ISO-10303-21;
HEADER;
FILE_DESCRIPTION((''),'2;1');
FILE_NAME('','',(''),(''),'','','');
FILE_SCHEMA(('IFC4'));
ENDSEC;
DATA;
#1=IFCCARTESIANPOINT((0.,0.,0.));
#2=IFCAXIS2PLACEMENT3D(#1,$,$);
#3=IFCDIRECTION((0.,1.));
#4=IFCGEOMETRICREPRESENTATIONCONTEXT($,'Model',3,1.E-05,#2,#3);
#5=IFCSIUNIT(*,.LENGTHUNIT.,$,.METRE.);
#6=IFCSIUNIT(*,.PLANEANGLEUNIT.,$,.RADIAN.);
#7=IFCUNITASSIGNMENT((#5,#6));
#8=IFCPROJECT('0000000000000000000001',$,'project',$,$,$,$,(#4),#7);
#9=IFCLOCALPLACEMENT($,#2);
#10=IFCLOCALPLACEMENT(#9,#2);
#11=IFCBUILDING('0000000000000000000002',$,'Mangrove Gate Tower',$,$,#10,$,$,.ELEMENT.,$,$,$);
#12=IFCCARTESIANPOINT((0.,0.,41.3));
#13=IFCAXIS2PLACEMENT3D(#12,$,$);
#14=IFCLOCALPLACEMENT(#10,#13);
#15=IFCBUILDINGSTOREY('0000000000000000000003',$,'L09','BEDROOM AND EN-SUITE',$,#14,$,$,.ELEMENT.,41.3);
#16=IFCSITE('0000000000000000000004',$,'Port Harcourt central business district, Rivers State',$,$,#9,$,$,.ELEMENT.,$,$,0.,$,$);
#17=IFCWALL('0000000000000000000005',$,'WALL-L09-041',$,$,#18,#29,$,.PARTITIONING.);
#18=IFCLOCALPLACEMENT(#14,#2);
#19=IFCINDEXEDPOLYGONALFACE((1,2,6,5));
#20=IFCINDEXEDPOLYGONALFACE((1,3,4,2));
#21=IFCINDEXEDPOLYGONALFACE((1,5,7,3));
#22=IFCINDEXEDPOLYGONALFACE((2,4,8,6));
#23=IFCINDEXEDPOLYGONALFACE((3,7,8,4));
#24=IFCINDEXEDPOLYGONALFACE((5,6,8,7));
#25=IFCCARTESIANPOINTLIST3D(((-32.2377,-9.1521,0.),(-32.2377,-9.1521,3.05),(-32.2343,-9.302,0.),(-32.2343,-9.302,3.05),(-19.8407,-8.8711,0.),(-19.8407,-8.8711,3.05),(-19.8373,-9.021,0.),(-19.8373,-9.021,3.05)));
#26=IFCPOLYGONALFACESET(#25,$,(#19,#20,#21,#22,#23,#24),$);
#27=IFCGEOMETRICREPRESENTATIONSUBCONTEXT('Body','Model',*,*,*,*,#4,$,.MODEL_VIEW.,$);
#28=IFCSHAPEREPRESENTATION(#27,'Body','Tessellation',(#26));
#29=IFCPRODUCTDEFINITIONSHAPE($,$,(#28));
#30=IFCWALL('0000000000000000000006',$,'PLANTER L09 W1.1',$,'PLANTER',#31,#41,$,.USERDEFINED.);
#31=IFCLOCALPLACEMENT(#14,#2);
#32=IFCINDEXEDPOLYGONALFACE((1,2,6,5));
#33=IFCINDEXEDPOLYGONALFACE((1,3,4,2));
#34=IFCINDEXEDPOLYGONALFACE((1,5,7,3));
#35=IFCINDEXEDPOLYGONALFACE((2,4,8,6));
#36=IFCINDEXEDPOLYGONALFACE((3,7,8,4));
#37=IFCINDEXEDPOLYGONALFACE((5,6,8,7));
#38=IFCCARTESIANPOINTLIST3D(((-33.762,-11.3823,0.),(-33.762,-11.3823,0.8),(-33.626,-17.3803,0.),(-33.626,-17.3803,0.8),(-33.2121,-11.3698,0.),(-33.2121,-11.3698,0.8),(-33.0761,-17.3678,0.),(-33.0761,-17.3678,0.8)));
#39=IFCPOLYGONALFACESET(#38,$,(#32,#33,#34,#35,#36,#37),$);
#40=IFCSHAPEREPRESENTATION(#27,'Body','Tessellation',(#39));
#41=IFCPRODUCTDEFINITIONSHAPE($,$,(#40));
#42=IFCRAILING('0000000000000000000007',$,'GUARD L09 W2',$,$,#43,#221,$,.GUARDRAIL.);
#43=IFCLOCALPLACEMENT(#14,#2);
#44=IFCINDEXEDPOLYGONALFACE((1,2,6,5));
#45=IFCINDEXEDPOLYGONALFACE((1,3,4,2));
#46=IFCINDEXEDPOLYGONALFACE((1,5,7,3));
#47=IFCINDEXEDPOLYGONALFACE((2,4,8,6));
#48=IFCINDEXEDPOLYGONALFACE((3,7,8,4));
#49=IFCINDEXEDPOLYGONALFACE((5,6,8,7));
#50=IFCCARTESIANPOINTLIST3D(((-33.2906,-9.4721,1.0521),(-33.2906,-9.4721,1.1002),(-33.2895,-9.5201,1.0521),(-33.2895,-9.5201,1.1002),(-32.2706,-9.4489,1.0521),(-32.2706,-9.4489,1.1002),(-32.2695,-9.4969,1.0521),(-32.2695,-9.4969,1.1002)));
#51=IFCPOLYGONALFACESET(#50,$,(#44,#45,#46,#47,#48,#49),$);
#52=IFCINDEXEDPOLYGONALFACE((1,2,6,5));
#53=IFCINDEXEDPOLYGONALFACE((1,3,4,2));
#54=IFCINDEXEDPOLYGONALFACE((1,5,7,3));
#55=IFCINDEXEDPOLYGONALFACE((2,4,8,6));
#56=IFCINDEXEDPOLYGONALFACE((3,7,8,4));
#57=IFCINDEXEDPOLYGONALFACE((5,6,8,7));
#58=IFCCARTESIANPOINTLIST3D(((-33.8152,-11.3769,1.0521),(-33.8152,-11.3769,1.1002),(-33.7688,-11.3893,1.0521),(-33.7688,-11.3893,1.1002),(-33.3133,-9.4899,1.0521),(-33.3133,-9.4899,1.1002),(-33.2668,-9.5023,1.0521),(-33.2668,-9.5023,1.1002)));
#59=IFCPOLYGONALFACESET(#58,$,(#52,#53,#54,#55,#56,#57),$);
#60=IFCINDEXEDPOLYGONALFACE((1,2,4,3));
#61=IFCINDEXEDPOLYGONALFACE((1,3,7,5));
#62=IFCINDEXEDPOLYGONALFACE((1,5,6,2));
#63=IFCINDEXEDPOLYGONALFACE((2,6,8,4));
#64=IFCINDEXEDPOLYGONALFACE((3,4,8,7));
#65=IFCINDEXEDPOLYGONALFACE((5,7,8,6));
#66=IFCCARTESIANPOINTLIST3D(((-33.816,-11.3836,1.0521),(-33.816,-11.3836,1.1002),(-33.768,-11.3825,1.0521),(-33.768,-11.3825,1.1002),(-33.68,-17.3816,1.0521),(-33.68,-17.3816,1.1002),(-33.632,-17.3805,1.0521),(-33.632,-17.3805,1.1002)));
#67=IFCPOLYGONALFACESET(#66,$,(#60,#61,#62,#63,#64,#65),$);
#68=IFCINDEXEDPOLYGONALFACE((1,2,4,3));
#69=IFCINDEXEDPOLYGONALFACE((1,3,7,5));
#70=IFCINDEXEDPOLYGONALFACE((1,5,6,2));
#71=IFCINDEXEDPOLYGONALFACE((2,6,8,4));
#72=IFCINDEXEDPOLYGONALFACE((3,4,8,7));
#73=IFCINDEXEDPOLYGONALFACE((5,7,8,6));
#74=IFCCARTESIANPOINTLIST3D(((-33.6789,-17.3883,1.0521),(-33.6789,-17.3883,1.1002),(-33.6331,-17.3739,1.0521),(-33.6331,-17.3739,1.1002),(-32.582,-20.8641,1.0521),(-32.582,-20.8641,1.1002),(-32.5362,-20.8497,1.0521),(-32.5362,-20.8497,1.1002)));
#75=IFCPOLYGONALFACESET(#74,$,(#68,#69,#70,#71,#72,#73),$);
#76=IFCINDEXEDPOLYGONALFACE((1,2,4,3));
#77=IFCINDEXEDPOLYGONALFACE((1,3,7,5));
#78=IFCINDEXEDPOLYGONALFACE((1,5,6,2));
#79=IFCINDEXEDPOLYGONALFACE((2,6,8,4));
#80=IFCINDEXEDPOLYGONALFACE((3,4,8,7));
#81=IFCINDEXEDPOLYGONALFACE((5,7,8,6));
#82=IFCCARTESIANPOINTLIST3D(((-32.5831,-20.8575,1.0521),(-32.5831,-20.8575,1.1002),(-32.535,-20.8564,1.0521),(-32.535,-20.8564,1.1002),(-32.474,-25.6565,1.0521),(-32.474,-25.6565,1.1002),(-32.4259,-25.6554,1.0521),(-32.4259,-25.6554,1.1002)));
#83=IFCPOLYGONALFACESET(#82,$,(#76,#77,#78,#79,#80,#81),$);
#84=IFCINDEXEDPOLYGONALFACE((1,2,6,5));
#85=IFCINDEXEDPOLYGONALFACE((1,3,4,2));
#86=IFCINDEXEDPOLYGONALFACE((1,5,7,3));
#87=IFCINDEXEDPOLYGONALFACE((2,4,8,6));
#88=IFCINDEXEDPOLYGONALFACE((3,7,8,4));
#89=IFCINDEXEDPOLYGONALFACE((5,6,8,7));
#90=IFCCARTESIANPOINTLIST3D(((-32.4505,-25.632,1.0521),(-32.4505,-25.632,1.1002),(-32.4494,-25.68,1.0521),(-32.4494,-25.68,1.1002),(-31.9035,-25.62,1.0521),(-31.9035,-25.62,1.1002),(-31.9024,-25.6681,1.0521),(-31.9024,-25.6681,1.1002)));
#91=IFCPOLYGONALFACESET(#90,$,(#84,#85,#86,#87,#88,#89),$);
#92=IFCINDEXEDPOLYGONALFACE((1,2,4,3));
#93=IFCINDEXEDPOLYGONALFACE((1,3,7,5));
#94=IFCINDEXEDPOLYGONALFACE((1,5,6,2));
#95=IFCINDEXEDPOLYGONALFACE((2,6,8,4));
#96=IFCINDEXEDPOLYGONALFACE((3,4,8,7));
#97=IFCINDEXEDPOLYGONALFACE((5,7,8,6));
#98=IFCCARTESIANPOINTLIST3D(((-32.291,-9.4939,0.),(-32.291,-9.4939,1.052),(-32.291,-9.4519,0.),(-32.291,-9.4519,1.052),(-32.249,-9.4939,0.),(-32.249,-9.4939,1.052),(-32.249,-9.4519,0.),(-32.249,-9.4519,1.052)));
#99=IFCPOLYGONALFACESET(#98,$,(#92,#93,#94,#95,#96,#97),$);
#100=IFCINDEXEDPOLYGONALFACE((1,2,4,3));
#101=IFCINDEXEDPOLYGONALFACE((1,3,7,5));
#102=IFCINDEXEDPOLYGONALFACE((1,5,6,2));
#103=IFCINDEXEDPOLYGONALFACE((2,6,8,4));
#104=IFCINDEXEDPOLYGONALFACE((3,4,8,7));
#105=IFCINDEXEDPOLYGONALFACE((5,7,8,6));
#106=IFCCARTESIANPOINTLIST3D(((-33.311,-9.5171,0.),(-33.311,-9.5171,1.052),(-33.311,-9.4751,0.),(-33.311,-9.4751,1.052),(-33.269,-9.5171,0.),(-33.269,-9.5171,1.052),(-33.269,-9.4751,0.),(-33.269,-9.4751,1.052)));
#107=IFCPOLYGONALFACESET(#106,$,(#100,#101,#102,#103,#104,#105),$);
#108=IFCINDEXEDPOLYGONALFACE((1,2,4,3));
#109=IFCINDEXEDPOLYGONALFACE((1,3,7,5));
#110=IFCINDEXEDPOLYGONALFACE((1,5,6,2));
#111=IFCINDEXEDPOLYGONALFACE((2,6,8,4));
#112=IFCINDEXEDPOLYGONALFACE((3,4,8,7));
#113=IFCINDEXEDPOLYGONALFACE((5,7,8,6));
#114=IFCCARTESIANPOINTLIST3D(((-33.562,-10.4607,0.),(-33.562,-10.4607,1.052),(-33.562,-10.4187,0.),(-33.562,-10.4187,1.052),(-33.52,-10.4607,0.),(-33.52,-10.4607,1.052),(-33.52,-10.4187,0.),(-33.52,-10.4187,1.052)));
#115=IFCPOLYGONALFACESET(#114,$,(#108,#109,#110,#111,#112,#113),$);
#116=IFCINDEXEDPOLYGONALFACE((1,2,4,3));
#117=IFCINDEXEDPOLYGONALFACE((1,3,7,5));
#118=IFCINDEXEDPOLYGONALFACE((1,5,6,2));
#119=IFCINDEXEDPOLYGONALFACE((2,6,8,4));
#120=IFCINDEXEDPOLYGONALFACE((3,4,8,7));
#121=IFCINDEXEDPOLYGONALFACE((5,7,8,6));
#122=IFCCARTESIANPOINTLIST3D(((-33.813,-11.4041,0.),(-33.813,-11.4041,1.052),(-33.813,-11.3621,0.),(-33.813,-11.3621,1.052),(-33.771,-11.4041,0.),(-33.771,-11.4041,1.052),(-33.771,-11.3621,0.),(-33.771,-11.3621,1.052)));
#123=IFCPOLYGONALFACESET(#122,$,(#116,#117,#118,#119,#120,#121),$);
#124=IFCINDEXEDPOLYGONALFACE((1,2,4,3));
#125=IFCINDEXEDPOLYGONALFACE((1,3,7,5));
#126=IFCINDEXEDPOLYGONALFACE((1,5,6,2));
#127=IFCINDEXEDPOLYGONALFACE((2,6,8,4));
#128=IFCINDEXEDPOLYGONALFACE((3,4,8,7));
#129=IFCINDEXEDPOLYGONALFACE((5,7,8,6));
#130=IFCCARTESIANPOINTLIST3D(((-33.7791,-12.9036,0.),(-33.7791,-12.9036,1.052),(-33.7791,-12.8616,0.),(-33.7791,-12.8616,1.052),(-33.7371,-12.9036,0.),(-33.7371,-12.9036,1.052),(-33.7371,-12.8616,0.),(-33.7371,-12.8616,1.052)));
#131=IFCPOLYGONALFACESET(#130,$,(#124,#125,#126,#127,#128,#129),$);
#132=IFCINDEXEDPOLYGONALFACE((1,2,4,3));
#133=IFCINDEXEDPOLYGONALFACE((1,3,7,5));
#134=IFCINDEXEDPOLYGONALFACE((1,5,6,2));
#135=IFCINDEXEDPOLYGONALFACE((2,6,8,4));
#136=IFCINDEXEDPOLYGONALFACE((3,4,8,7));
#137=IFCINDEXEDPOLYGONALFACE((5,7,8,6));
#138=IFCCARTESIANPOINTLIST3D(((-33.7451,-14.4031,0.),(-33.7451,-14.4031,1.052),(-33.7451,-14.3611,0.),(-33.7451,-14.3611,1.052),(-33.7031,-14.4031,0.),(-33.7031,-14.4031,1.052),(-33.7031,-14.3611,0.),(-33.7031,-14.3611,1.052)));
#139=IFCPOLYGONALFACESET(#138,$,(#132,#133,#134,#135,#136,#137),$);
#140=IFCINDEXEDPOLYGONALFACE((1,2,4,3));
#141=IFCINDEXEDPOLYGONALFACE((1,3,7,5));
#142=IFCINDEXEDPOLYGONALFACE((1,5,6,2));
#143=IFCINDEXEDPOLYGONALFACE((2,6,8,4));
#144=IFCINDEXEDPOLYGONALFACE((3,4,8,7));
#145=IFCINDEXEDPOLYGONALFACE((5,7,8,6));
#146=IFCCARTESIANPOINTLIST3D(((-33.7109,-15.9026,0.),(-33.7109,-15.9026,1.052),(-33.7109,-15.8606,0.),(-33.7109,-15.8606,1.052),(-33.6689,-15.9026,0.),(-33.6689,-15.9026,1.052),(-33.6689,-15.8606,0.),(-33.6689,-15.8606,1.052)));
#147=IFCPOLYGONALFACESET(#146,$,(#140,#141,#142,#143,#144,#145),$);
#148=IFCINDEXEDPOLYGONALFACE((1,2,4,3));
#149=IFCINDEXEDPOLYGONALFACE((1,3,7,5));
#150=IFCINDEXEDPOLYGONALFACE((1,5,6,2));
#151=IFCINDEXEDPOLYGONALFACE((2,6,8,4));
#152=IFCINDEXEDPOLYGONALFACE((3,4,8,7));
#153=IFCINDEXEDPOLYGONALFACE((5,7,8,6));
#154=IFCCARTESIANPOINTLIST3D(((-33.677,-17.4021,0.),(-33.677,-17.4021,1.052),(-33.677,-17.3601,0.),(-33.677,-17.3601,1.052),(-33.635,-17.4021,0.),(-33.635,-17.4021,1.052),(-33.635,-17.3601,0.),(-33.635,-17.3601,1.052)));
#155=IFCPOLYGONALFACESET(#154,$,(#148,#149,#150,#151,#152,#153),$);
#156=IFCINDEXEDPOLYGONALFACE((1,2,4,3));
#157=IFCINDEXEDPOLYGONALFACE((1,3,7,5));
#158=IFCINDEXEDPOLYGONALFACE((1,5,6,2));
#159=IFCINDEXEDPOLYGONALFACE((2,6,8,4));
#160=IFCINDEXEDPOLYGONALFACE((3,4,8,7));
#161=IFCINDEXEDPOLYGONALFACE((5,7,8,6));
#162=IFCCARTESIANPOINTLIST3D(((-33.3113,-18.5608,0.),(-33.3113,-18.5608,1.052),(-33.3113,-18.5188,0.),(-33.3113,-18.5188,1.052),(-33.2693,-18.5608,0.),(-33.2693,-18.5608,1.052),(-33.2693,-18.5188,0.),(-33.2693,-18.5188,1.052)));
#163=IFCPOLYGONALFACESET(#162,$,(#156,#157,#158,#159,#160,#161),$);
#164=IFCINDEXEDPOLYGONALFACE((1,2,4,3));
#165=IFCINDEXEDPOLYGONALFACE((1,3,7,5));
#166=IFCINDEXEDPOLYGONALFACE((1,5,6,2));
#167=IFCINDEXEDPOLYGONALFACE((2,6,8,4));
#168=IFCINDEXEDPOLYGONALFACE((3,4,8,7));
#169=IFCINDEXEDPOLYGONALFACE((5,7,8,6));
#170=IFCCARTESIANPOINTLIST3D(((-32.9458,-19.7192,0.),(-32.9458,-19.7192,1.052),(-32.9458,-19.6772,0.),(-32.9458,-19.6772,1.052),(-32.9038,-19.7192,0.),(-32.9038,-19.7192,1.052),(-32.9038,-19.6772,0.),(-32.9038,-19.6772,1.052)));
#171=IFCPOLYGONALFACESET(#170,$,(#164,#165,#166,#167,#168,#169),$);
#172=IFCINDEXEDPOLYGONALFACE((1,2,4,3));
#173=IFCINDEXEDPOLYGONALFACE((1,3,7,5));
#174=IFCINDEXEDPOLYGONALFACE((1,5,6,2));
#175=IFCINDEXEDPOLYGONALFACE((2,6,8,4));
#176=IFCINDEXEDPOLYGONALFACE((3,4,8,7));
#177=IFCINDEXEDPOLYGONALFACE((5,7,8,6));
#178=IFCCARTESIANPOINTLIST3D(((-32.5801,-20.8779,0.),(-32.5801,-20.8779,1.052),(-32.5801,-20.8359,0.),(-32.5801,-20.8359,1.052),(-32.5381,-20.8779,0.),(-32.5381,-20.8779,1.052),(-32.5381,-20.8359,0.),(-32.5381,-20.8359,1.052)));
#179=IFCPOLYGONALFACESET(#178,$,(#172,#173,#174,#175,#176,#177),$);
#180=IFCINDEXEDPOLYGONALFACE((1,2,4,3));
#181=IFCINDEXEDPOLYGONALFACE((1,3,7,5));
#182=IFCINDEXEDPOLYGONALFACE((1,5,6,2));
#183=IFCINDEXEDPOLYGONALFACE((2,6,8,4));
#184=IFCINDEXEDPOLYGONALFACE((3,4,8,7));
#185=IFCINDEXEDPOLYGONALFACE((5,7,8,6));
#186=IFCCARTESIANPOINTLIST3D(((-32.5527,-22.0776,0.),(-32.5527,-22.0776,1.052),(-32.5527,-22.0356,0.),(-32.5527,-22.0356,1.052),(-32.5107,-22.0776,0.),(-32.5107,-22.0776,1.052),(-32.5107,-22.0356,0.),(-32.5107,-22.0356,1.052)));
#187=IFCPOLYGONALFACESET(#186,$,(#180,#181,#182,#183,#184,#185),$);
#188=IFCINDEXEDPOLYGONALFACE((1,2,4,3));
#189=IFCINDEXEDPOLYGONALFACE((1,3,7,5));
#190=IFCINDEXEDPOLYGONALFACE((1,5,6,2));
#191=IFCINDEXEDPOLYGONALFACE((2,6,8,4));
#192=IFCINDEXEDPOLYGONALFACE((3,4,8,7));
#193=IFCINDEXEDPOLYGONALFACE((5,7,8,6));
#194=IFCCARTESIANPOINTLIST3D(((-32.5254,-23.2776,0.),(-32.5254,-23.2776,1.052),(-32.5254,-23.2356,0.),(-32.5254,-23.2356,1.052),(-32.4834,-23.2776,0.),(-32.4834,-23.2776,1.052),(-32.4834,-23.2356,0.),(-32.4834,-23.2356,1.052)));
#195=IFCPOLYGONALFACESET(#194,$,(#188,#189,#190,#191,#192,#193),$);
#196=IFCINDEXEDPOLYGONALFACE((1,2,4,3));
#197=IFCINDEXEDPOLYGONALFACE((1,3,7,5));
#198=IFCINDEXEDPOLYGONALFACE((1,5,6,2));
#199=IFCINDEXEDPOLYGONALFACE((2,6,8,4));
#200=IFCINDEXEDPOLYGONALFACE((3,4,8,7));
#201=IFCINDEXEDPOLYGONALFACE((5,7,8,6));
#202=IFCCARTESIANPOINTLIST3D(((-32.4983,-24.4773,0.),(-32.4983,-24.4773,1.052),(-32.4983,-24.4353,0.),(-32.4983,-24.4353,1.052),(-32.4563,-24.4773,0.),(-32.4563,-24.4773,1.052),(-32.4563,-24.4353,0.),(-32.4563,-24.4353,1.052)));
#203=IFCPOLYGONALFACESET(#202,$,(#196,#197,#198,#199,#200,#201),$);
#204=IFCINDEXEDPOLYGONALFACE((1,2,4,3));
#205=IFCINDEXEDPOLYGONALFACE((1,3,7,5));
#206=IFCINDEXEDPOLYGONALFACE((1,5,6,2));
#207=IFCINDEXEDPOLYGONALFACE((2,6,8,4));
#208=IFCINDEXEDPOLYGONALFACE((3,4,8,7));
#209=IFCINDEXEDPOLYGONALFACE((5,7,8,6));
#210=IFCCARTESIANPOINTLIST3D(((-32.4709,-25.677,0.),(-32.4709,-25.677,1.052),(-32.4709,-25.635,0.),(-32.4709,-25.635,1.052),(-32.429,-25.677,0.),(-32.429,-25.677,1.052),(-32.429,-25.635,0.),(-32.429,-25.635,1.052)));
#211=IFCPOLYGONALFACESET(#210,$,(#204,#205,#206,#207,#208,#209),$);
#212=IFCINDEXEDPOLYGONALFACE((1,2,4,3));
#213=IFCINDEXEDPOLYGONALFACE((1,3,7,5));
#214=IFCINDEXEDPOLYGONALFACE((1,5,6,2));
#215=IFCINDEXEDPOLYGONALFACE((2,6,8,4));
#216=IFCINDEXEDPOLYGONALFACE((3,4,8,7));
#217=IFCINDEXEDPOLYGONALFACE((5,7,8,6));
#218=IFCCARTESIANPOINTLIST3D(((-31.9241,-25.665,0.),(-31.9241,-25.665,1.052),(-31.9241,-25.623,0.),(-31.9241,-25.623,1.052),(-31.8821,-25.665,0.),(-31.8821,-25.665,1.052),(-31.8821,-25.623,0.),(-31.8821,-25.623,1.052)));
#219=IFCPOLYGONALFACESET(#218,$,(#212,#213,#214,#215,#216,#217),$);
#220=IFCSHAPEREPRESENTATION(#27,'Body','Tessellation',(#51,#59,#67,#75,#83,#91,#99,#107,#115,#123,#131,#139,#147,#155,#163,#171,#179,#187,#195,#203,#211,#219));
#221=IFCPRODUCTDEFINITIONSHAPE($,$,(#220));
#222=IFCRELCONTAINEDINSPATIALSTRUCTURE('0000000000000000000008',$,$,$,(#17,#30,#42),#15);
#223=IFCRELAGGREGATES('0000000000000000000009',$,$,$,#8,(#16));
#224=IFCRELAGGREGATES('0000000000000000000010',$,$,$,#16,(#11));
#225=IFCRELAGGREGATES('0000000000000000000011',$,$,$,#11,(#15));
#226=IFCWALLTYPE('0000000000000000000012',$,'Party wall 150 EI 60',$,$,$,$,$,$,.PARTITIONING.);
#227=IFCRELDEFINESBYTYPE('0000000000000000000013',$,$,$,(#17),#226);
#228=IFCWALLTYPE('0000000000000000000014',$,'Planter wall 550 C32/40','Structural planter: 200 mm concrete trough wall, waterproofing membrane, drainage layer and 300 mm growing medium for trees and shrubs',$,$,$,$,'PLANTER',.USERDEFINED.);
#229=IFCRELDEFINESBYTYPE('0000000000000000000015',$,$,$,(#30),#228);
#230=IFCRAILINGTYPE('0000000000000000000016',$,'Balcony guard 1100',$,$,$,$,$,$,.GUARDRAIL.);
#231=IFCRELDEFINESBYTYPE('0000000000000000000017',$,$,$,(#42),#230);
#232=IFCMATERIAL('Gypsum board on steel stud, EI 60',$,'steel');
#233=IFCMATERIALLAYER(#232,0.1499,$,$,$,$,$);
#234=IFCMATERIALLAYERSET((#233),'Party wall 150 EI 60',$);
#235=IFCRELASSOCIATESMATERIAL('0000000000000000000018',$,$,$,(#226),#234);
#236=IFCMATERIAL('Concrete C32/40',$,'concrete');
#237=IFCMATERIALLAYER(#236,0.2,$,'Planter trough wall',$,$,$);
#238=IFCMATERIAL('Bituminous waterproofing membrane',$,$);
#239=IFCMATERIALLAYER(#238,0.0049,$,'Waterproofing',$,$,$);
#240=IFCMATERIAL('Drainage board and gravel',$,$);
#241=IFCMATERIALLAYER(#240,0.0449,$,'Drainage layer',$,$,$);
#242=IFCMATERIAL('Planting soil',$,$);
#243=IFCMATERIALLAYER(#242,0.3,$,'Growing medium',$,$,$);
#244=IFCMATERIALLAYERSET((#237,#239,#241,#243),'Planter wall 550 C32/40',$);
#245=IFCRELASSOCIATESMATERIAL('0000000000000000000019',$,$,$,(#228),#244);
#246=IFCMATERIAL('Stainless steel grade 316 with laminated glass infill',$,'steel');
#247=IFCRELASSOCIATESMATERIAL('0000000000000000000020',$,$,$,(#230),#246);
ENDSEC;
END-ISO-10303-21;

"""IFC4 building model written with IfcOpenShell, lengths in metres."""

from ifc_helpers import new_model, si_unit, direction, frame, frame_2d, origin, origin_2d, place, context, subcontext, project, spatial, rectangle, extrude, material, layer, layer_set, type_object, element, save


model = new_model("IFC4")

# Units and contexts
model_context = context("Model", 3, precision=1e-05, world=origin(), true_north=direction((0.0, 1.0)))
body_context = subcontext(model_context, "Body", "Model", "MODEL_VIEW")
ifc_project = project(units=[si_unit("LENGTHUNIT", "METRE"), si_unit("PLANEANGLEUNIT", "RADIAN")], contexts=[model_context])

# Site, building, storey
site_placement = place(None, origin())
site = spatial("IfcSite", under=ifc_project, at=site_placement, Name="Port Harcourt central business district, Rivers State", CompositionType="ELEMENT", RefElevation=0.0)
building_placement = place(site_placement, origin())
building = spatial("IfcBuilding", under=site, at=building_placement, Name="Mangrove Gate Tower", CompositionType="ELEMENT")
storey_placement = place(building_placement, frame((0.0, 0.0, 41.3)))
storey = spatial("IfcBuildingStorey", under=building, at=storey_placement, Name="L09", Description="BEDROOM AND EN-SUITE", CompositionType="ELEMENT", Elevation=41.3)

# Walls
ifc_material_1 = material(Name="Gypsum board on steel stud, EI 60", Category="steel")
ifc_layer_1 = layer(ifc_material_1, 0.1499)
ifc_layer_set_1 = layer_set([ifc_layer_1], Name="Party wall 150 EI 60")
wall_type_1 = type_object("IfcWallType", Name="Party wall 150 EI 60", PredefinedType="PARTITIONING", material=ifc_layer_set_1)
wall_1_placement = place(storey_placement, frame((-32.2361, -9.2271, 0.0), z_axis=(0.0, 0.0, 1.0), x_axis=(0.999743, 0.022661, 0.0)))
element("IfcWall", 1, at=wall_1_placement, inside=storey, type_object=wall_type_1, Name="WALL-L09-041", PredefinedType="PARTITIONING", context=body_context, shape_type="SweptSolid", body=[
    extrude(rectangle(XDim=12.4001, YDim=0.1499, at=frame_2d((6.2002, 0.0))), origin(), (0.0, 0.0, 1.0), 3.05),
])
ifc_material_2 = material(Name="Concrete C32/40", Category="concrete")
ifc_layer_2 = layer(ifc_material_2, 0.2, Name="Planter trough wall")
ifc_material_3 = material(Name="Bituminous waterproofing membrane")
ifc_layer_3 = layer(ifc_material_3, 0.0049, Name="Waterproofing")
ifc_material_4 = material(Name="Drainage board and gravel")
ifc_layer_4 = layer(ifc_material_4, 0.0449, Name="Drainage layer")
ifc_material_5 = material(Name="Planting soil")
ifc_layer_5 = layer(ifc_material_5, 0.3, Name="Growing medium")
ifc_layer_set_2 = layer_set([ifc_layer_2, ifc_layer_3, ifc_layer_4, ifc_layer_5], Name="Planter wall 550 C32/40")
wall_type_2 = type_object("IfcWallType", Name="Planter wall 550 C32/40", Description="Structural planter: 200 mm concrete trough wall, waterproofing membrane, drainage layer and 300 mm growing medium for trees and shrubs", ElementType="PLANTER", PredefinedType="USERDEFINED", material=ifc_layer_set_2)
wall_2_placement = place(storey_placement, frame((-33.3511, -17.374, 0.0), z_axis=(0.0, 0.0, 1.0), x_axis=(-0.022666, 0.999743, 0.0)))
element("IfcWall", 2, at=wall_2_placement, inside=storey, type_object=wall_type_2, Name="PLANTER L09 W1.1", ObjectType="PLANTER", PredefinedType="USERDEFINED", context=body_context, shape_type="SweptSolid", body=[
    extrude(rectangle(XDim=5.9995, YDim=0.55, at=frame_2d((2.9998, 0.0))), origin(), (0.0, 0.0, 1.0), 0.8),
])

# Railing
ifc_material_6 = material(Name="Stainless steel grade 316 with laminated glass infill", Category="steel")
railing_type = type_object("IfcRailingType", Name="Balcony guard 1100", PredefinedType="GUARDRAIL", material=ifc_material_6)
railing_placement = place(storey_placement, frame((-32.27, -9.4729, 0.0)))
element("IfcRailing", 3, at=railing_placement, inside=storey, type_object=railing_type, Name="GUARD L09 W2", PredefinedType="GUARDRAIL", context=body_context, shape_type="SweptSolid", body=[
    extrude(rectangle(XDim=0.0481, YDim=0.0481, at=origin_2d()), frame((0.0, 0.0, 1.0762), z_axis=(-0.999742, -0.022732, 0.0), x_axis=(0.022732, -0.999742, 0.0)), (0.0, 0.0, 1.0), 1.0203),
    extrude(rectangle(XDim=0.0481, YDim=0.0481, at=origin_2d()), frame((-1.02, -0.0232, 1.0762), z_axis=(-0.257071, -0.966392, 0.0), x_axis=(0.966392, -0.257071, 0.0)), (0.0, 0.0, 1.0), 1.9526),
    extrude(rectangle(XDim=0.0481, YDim=0.0481, at=origin_2d()), frame((-1.522, -1.9102, 1.0762), z_axis=(0.022666, -0.999743, 0.0), x_axis=(0.999743, 0.022666, 0.0)), (0.0, 0.0, 1.0), 5.9995),
    extrude(rectangle(XDim=0.0481, YDim=0.0481, at=origin_2d()), frame((-1.386, -7.9082, 1.0762), z_axis=(0.300955, -0.953638, 0.0), x_axis=(0.953638, 0.300955, 0.0)), (0.0, 0.0, 1.0), 3.6448),
    extrude(rectangle(XDim=0.0481, YDim=0.0481, at=origin_2d()), frame((-0.2891, -11.384, 1.0762), z_axis=(0.022734, -0.999742, 0.0), x_axis=(0.999742, 0.022734, 0.0)), (0.0, 0.0, 1.0), 4.8003),
    extrude(rectangle(XDim=0.0481, YDim=0.0481, at=origin_2d()), frame((-0.1799, -16.1831, 1.0762), z_axis=(0.999761, 0.02187, 0.0), x_axis=(-0.02187, 0.999761, 0.0)), (0.0, 0.0, 1.0), 0.5471),
    extrude(rectangle(XDim=0.042, YDim=0.042, at=origin_2d()), origin(), (0.0, 0.0, 1.0), 1.052),
    extrude(rectangle(XDim=0.042, YDim=0.042, at=origin_2d()), frame((-1.02, -0.0232, 0.0)), (0.0, 0.0, 1.0), 1.052),
    extrude(rectangle(XDim=0.042, YDim=0.042, at=origin_2d()), frame((-1.271, -0.9668, 0.0)), (0.0, 0.0, 1.0), 1.052),
    extrude(rectangle(XDim=0.042, YDim=0.042, at=origin_2d()), frame((-1.522, -1.9102, 0.0)), (0.0, 0.0, 1.0), 1.052),
    extrude(rectangle(XDim=0.042, YDim=0.042, at=origin_2d()), frame((-1.488, -3.4097, 0.0)), (0.0, 0.0, 1.0), 1.052),
    extrude(rectangle(XDim=0.042, YDim=0.042, at=origin_2d()), frame((-1.4541, -4.9092, 0.0)), (0.0, 0.0, 1.0), 1.052),
    extrude(rectangle(XDim=0.042, YDim=0.042, at=origin_2d()), frame((-1.4199, -6.4087, 0.0)), (0.0, 0.0, 1.0), 1.052),
    extrude(rectangle(XDim=0.042, YDim=0.042, at=origin_2d()), frame((-1.386, -7.9082, 0.0)), (0.0, 0.0, 1.0), 1.052),
    extrude(rectangle(XDim=0.042, YDim=0.042, at=origin_2d()), frame((-1.0203, -9.0669, 0.0)), (0.0, 0.0, 1.0), 1.052),
    extrude(rectangle(XDim=0.042, YDim=0.042, at=origin_2d()), frame((-0.6548, -10.2253, 0.0)), (0.0, 0.0, 1.0), 1.052),
    extrude(rectangle(XDim=0.042, YDim=0.042, at=origin_2d()), frame((-0.2891, -11.384, 0.0)), (0.0, 0.0, 1.0), 1.052),
    extrude(rectangle(XDim=0.042, YDim=0.042, at=origin_2d()), frame((-0.2617, -12.5837, 0.0)), (0.0, 0.0, 1.0), 1.052),
    extrude(rectangle(XDim=0.042, YDim=0.042, at=origin_2d()), frame((-0.2344, -13.7837, 0.0)), (0.0, 0.0, 1.0), 1.052),
    extrude(rectangle(XDim=0.042, YDim=0.042, at=origin_2d()), frame((-0.2073, -14.9834, 0.0)), (0.0, 0.0, 1.0), 1.052),
    extrude(rectangle(XDim=0.042, YDim=0.042, at=origin_2d()), frame((-0.1799, -16.1831, 0.0)), (0.0, 0.0, 1.0), 1.052),
    extrude(rectangle(XDim=0.042, YDim=0.042, at=origin_2d()), frame((0.3669, -16.1711, 0.0)), (0.0, 0.0, 1.0), 1.052),
])

save(model, "model.ifc")
